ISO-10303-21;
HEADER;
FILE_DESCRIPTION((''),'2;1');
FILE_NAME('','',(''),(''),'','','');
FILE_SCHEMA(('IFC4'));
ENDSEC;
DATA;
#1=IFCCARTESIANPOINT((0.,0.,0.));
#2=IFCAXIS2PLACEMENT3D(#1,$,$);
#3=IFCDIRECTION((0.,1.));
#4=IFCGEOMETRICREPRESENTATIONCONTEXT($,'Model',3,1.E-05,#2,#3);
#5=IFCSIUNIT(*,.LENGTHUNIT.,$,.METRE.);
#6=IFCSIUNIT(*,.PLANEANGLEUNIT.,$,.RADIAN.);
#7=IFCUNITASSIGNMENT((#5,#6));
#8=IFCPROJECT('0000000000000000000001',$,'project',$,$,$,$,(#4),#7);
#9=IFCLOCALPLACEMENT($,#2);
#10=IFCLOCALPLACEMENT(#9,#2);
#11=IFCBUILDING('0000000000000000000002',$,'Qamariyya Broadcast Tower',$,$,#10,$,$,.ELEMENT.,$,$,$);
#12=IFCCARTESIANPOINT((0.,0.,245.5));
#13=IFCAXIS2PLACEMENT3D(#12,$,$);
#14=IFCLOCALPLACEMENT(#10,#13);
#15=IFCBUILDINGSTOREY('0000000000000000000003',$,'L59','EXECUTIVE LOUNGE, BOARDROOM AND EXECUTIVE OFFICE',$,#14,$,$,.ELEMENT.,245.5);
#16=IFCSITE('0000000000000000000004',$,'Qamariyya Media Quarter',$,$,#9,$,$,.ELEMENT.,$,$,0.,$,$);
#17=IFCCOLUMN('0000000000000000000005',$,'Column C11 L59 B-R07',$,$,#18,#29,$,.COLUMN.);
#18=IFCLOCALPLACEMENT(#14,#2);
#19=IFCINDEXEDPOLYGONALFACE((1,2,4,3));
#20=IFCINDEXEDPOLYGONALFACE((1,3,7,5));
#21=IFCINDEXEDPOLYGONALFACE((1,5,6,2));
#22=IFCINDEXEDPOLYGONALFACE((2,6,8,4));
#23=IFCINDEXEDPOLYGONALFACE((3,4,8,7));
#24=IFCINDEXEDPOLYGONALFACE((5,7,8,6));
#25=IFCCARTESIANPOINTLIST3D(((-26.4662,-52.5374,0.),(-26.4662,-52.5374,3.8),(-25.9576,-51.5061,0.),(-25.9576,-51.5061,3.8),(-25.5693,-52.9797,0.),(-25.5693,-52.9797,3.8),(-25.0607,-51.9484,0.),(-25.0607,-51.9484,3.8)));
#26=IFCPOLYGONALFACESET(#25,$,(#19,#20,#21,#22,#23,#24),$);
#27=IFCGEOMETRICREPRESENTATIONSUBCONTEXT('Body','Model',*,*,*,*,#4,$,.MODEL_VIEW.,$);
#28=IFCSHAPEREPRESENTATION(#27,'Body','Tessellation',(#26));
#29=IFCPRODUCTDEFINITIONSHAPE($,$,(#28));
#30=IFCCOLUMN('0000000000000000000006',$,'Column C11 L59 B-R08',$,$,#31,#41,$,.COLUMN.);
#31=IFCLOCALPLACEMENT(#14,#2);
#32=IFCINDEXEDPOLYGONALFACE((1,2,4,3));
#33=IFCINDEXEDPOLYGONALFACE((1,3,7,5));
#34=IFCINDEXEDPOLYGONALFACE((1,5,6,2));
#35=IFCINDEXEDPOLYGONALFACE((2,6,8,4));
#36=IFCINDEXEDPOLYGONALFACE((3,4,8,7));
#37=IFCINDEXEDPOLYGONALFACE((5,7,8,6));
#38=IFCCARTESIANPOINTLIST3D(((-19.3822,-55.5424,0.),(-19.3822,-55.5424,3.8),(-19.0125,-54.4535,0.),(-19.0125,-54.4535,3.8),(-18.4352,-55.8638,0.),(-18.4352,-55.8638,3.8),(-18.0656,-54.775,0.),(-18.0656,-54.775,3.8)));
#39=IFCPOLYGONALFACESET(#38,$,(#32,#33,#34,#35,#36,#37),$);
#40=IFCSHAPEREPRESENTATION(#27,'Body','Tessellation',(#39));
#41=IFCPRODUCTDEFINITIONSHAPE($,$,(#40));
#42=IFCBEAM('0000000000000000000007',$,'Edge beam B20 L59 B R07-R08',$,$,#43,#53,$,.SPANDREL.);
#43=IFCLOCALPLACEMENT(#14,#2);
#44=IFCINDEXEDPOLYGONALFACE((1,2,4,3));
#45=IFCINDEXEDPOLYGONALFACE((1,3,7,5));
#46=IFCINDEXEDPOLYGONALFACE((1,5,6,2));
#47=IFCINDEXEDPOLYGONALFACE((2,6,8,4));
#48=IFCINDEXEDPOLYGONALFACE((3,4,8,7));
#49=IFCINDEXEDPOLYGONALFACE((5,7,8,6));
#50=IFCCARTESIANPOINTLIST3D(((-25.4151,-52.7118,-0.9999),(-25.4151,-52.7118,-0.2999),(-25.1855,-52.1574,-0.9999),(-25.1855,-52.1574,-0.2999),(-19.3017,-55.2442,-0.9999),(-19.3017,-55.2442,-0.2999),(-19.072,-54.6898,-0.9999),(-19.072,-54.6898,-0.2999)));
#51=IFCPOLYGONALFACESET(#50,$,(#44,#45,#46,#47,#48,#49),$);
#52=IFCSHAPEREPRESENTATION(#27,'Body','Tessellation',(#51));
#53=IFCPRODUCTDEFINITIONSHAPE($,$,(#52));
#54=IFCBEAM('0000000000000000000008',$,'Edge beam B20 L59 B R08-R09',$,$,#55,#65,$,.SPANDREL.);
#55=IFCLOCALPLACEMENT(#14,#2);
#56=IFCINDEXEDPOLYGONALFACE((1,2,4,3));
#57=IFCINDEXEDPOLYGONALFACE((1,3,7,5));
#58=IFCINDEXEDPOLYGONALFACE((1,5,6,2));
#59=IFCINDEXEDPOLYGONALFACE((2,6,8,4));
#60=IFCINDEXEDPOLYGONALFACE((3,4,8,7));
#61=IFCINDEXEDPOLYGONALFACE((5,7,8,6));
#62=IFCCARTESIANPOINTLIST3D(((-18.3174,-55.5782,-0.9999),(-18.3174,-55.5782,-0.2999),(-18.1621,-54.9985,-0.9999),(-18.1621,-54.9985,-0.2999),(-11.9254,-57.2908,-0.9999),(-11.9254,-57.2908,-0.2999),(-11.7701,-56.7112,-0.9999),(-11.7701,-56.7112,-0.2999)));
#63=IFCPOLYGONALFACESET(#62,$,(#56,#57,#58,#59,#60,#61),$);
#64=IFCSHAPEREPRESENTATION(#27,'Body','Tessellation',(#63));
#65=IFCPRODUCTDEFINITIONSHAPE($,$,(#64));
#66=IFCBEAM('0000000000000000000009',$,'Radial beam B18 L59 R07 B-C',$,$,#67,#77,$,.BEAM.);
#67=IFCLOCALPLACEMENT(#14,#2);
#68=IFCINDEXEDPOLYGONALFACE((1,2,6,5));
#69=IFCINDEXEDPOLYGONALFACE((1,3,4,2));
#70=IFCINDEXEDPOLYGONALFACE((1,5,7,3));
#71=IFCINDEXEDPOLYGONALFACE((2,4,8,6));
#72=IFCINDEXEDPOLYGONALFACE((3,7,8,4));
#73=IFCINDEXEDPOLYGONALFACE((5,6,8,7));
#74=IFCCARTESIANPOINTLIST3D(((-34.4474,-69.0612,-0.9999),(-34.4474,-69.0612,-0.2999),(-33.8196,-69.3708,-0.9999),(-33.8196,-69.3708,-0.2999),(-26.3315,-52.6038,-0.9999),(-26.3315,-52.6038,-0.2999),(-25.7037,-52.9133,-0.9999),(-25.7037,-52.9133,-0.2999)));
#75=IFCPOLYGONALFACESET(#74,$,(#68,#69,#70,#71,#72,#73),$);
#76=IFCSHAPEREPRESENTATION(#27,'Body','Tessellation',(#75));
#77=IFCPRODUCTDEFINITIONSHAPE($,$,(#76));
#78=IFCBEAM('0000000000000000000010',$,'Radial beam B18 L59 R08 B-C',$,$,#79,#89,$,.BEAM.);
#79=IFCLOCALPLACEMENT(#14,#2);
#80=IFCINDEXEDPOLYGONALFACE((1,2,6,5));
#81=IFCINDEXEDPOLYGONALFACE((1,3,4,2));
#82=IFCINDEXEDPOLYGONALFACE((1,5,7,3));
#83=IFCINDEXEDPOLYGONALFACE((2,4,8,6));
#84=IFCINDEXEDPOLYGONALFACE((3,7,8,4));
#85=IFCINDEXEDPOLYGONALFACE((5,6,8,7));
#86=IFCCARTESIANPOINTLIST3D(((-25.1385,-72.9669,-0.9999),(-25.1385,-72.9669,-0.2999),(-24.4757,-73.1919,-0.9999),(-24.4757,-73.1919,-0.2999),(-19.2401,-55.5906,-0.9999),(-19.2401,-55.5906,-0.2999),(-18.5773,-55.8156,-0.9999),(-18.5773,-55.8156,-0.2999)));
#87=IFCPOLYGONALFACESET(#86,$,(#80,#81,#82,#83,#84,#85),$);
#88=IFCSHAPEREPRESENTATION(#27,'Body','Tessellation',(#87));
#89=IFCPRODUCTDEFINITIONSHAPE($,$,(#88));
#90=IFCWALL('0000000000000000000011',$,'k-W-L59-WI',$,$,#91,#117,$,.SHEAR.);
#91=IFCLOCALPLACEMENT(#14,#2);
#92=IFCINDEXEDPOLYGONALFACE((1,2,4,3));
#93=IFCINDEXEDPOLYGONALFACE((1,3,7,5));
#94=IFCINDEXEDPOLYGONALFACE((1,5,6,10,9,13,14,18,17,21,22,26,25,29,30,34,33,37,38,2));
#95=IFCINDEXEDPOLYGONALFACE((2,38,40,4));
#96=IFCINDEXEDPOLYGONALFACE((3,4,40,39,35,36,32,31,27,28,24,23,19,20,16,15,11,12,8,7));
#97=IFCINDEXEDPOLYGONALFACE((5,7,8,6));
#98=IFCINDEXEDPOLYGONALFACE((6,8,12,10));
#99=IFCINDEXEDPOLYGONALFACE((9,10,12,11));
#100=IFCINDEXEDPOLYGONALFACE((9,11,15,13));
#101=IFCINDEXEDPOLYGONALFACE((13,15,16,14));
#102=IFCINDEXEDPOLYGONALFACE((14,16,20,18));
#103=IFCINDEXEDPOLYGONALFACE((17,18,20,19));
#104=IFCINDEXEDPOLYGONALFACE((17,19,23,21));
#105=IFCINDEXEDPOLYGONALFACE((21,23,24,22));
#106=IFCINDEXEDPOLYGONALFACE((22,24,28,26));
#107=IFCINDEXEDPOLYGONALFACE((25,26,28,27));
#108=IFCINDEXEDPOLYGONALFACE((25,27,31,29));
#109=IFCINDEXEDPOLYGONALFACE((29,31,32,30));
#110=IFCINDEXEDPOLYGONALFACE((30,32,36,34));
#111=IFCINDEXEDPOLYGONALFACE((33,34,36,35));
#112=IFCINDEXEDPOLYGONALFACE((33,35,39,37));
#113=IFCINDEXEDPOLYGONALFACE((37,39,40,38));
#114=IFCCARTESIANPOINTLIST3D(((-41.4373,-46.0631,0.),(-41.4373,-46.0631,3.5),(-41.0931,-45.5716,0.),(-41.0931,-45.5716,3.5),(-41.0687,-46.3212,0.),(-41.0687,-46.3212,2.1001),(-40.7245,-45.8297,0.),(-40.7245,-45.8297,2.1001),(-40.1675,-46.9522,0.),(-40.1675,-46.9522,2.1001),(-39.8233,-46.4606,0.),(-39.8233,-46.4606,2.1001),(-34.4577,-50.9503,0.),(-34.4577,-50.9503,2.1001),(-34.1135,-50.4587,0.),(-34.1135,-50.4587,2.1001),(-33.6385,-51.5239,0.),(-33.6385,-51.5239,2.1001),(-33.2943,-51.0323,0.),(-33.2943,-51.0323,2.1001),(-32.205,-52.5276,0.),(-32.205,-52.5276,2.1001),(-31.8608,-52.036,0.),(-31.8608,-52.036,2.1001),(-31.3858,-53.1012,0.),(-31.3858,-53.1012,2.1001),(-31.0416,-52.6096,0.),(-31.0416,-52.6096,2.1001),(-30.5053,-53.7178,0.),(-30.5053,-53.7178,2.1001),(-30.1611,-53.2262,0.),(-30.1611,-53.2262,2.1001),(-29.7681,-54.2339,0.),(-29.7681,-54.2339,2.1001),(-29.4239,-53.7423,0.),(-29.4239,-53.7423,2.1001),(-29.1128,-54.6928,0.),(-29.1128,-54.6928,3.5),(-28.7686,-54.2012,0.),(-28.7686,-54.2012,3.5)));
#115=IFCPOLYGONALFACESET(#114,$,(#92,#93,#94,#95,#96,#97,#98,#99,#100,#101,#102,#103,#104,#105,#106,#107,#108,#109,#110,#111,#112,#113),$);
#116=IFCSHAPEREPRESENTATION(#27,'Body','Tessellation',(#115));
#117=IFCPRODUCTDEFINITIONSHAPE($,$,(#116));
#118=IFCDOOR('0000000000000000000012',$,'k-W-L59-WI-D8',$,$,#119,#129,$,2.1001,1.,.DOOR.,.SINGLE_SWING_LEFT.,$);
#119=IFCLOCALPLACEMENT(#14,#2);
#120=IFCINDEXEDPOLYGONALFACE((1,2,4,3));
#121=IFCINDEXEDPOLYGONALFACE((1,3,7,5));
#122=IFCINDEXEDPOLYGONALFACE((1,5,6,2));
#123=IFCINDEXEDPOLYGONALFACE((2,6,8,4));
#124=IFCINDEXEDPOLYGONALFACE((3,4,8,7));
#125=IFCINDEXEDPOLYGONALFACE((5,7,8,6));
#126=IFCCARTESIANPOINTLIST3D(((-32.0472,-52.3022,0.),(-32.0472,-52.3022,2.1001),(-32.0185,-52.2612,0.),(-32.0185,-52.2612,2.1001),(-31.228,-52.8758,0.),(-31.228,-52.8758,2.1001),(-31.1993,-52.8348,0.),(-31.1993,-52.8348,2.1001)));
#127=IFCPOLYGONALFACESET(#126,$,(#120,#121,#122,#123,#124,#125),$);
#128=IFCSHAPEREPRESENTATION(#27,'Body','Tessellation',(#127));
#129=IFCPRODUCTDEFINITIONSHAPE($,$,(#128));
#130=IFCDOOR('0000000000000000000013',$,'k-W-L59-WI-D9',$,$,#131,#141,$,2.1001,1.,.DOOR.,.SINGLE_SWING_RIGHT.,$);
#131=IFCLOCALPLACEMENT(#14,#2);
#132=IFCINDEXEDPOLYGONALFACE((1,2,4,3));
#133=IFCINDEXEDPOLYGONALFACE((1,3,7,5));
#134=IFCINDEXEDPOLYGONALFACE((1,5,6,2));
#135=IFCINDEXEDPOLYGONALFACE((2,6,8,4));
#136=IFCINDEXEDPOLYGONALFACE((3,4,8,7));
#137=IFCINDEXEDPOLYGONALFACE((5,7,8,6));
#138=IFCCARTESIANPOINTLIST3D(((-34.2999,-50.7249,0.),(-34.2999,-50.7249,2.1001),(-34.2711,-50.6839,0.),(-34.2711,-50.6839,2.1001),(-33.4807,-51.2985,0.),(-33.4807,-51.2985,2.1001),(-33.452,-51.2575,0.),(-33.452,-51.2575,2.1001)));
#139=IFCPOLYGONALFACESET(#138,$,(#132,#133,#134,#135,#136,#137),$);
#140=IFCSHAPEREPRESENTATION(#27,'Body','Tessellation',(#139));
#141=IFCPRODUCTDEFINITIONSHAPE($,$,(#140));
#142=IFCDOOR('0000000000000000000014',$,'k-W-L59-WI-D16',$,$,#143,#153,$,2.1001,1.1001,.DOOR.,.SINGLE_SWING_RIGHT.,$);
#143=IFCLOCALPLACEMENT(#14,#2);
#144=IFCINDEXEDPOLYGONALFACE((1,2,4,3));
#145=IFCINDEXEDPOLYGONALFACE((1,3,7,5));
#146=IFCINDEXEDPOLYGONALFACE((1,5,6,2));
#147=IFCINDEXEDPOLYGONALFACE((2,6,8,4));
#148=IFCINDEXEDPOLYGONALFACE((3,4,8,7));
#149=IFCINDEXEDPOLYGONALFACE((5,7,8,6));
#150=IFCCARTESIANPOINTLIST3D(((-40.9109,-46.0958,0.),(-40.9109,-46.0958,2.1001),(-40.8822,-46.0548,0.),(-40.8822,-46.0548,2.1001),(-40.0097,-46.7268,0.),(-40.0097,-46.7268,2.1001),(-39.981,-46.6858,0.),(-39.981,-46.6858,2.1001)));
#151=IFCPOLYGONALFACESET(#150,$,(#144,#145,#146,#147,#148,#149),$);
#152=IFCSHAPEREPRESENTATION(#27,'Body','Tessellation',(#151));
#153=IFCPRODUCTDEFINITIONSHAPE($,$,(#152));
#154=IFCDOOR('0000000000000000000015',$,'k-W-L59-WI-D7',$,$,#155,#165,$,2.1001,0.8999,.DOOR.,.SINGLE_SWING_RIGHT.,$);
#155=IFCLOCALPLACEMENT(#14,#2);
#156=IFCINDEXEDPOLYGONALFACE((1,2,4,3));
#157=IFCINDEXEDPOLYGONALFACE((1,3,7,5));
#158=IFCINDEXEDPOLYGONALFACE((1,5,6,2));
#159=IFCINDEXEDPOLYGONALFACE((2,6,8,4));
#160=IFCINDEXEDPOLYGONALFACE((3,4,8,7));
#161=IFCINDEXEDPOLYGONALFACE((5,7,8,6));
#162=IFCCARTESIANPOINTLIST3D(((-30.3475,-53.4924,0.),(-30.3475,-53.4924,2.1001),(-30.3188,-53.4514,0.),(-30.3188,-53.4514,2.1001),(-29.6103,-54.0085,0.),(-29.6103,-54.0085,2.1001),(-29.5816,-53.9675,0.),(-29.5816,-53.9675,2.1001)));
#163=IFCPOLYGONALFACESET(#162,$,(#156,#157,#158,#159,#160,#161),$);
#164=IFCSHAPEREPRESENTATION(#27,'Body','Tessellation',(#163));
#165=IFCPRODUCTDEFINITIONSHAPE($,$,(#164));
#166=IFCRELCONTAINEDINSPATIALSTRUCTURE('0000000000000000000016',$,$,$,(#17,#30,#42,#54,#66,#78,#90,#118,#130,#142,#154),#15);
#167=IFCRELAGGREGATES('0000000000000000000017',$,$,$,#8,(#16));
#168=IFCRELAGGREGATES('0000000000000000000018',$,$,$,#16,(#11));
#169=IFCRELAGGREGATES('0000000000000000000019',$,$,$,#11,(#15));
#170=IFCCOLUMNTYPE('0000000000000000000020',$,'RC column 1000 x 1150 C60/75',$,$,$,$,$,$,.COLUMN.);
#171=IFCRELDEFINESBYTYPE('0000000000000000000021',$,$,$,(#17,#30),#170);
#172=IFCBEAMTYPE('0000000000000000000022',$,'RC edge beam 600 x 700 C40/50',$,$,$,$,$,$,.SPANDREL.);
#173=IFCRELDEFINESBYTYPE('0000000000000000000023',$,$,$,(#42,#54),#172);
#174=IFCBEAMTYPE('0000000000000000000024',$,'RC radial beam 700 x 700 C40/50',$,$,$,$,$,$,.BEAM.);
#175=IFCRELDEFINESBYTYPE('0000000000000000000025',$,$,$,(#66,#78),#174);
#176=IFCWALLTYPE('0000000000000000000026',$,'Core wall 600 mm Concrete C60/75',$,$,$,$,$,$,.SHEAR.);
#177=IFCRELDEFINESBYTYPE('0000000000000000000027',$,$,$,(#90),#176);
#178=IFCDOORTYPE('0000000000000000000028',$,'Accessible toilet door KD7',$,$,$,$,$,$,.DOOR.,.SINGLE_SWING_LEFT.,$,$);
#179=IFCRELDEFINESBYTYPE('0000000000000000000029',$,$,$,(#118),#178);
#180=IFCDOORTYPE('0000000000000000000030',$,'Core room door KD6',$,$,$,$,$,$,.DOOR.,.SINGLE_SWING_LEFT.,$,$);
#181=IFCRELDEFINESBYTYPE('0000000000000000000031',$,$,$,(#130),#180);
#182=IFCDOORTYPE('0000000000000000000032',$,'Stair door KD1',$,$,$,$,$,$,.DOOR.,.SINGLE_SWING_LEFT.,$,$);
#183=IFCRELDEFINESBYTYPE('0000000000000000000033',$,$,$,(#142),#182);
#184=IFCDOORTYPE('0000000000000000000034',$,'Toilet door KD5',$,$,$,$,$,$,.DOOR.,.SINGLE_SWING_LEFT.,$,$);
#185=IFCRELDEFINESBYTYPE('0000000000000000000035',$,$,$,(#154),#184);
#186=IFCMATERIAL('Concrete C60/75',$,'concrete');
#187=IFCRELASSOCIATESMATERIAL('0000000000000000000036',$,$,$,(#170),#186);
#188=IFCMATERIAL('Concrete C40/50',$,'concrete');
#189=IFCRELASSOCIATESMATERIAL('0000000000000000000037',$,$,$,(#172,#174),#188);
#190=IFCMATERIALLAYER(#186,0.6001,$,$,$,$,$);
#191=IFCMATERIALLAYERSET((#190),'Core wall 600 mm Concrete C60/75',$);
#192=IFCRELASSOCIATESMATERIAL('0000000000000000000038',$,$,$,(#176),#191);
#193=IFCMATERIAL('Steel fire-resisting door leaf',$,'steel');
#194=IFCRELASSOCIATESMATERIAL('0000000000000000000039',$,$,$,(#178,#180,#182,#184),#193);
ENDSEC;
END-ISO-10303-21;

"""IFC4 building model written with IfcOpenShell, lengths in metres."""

from ifc_helpers import new_model, si_unit, direction, frame, frame_2d, origin, origin_2d, place, context, subcontext, project, spatial, rectangle, extrude, material, layer, layer_set, material_profile, profile_set, type_object, element, fill, save


model = new_model("IFC4")

# Units and contexts
model_context = context("Model", 3, precision=1e-05, world=origin(), true_north=direction((0.0, 1.0)))
body_context = subcontext(model_context, "Body", "Model", "MODEL_VIEW")
ifc_project = project(units=[si_unit("LENGTHUNIT", "METRE"), si_unit("PLANEANGLEUNIT", "RADIAN")], contexts=[model_context])

# Site, building, storey
site_placement = place(None, origin())
site = spatial("IfcSite", under=ifc_project, at=site_placement, Name="Qamariyya Media Quarter", CompositionType="ELEMENT", RefElevation=0.0)
building_placement = place(site_placement, origin())
building = spatial("IfcBuilding", under=site, at=building_placement, Name="Qamariyya Broadcast Tower", CompositionType="ELEMENT")
storey_placement = place(building_placement, frame((0.0, 0.0, 245.5)))
storey = spatial("IfcBuildingStorey", under=building, at=storey_placement, Name="L59", Description="EXECUTIVE LOUNGE, BOARDROOM AND EXECUTIVE OFFICE", CompositionType="ELEMENT", Elevation=245.5)

# Columns
ifc_material_1 = material(Name="Concrete C60/75", Category="concrete")
ifc_material_profile_1 = material_profile(ifc_material_1, rectangle(XDim=1.0, YDim=1.1499, at=origin_2d()))
ifc_profile_set_1 = profile_set([ifc_material_profile_1], Name="Concrete C60/75")
column_type = type_object("IfcColumnType", Name="RC column 1000 x 1150 C60/75", PredefinedType="COLUMN", material=ifc_profile_set_1)
for number, where, z_axis, x_axis, name in (
    (1, (-25.7634, -52.2429, 0.0), (0.0, 0.0, 1.0), (0.896873, -0.442289, 0.0), "Column C11 L59 B-R07"),
    (2, (-18.7239, -55.1587, 0.0), (0.0, 0.0, 1.0), (0.94693, -0.321439, 0.0), "Column C11 L59 B-R08"),
):
    element("IfcColumn", number, at=place(storey_placement, frame(where, z_axis=z_axis, x_axis=x_axis)), inside=storey, type_object=column_type, Name=name, PredefinedType="COLUMN", context=body_context, shape_type="SweptSolid", body=[
        extrude(rectangle(XDim=1.0, YDim=1.1499, at=origin_2d()), origin(), (0.0, 0.0, 1.0), 3.8),
    ])

# Beams
ifc_material_2 = material(Name="Concrete C40/50", Category="concrete")
ifc_material_profile_2 = material_profile(ifc_material_2, rectangle(XDim=0.6001, YDim=0.7, at=origin_2d()))
ifc_profile_set_2 = profile_set([ifc_material_profile_2], Name="Concrete C40/50")
beam_type_1 = type_object("IfcBeamType", Name="RC edge beam 600 x 700 C40/50", PredefinedType="SPANDREL", material=ifc_profile_set_2)
beam_1_placement = place(storey_placement, frame((-25.3003, -52.4346, -0.6499), z_axis=(0.923871, -0.382705, 0.0), x_axis=(0.382705, 0.923871, 0.0)))
element("IfcBeam", 3, at=beam_1_placement, inside=storey, type_object=beam_type_1, Name="Edge beam B20 L59 B R07-R08", PredefinedType="SPANDREL", context=body_context, shape_type="SweptSolid", body=[
    extrude(rectangle(XDim=0.6001, YDim=0.7, at=origin_2d()), origin(), (0.0, 0.0, 1.0), 6.6172),
])
beam_2_placement = place(storey_placement, frame((-18.2397, -55.2883, -0.6499), z_axis=(0.965927, -0.258813, 0.0), x_axis=(0.258813, 0.965927, 0.0)))
element("IfcBeam", 4, at=beam_2_placement, inside=storey, type_object=beam_type_1, Name="Edge beam B20 L59 B R08-R09", PredefinedType="SPANDREL", context=body_context, shape_type="SweptSolid", body=[
    extrude(rectangle(XDim=0.6001, YDim=0.7, at=origin_2d()), origin(), (0.0, 0.0, 1.0), 6.6174),
])
ifc_material_profile_3 = material_profile(ifc_material_2, rectangle(XDim=0.7, YDim=0.7, at=origin_2d()))
ifc_profile_set_3 = profile_set([ifc_material_profile_3], Name="Concrete C40/50")
beam_type_2 = type_object("IfcBeamType", Name="RC radial beam 700 x 700 C40/50", PredefinedType="BEAM", material=ifc_profile_set_3)
beam_3_placement = place(storey_placement, frame((-26.0176, -52.7585, -0.6499), z_axis=(-0.442289, -0.896872, 0.0), x_axis=(0.896872, -0.442289, 0.0)))
element("IfcBeam", 5, at=beam_3_placement, inside=storey, type_object=beam_type_2, Name="Radial beam B18 L59 R07 B-C", PredefinedType="BEAM", context=body_context, shape_type="SweptSolid", body=[
    extrude(rectangle(XDim=0.7, YDim=0.7, at=origin_2d()), origin(), (0.0, 0.0, 1.0), 18.3499),
])
beam_4_placement = place(storey_placement, frame((-18.9087, -55.7031, -0.6499), z_axis=(-0.32144, -0.94693, 0.0), x_axis=(0.94693, -0.32144, 0.0)))
element("IfcBeam", 6, at=beam_4_placement, inside=storey, type_object=beam_type_2, Name="Radial beam B18 L59 R08 B-C", PredefinedType="BEAM", context=body_context, shape_type="SweptSolid", body=[
    extrude(rectangle(XDim=0.7, YDim=0.7, at=origin_2d()), origin(), (0.0, 0.0, 1.0), 18.3501),
])

# Wall, openings, doors
ifc_layer_1 = layer(ifc_material_1, 0.6001)
ifc_layer_set_1 = layer_set([ifc_layer_1], Name="Core wall 600 mm Concrete C60/75")
wall_type_1 = type_object("IfcWallType", Name="Core wall 600 mm Concrete C60/75", PredefinedType="SHEAR", material=ifc_layer_set_1)
wall_1_placement = place(storey_placement, frame((-28.9407, -54.447, 0.0), z_axis=(0.0, 0.0, 1.0), x_axis=(-0.819153, 0.573575, 0.0)))
wall_1 = element("IfcWall", 7, at=wall_1_placement, inside=storey, type_object=wall_type_1, Name="k-W-L59-WI", PredefinedType="SHEAR", context=body_context, shape_type="SweptSolid", body=[
    extrude(rectangle(XDim=15.0454, YDim=0.6001, at=frame_2d((7.5227, 0.0))), origin(), (0.0, 0.0, 1.0), 3.5),
])
opening_1_placement = place(wall_1_placement, frame((0.8, 0.0, 0.0)))
opening_1 = element("IfcOpeningElement", 8, at=opening_1_placement, cuts=wall_1, PredefinedType="OPENING", context=body_context, shape_type="SweptSolid", body=[
    extrude(rectangle(XDim=0.8999, YDim=2.1001, at=frame_2d((0.45, 1.05))), frame((0.0, 0.3101, 0.0), z_axis=(0.0, -1.0, 0.0), x_axis=(1.0, 0.0, 0.0)), (0.0, 0.0, 1.0), 0.6201),
])
opening_2_placement = place(wall_1_placement, frame((2.7749, 0.0, 0.0)))
opening_2 = element("IfcOpeningElement", 9, at=opening_2_placement, cuts=wall_1, PredefinedType="OPENING", context=body_context, shape_type="SweptSolid", body=[
    extrude(rectangle(XDim=1.0, YDim=2.1001, at=frame_2d((0.5, 1.05))), frame((0.0, 0.3101, 0.0), z_axis=(0.0, -1.0, 0.0), x_axis=(1.0, 0.0, 0.0)), (0.0, 0.0, 1.0), 0.6201),
])
opening_3_placement = place(wall_1_placement, frame((5.5249, 0.0, 0.0)))
opening_3 = element("IfcOpeningElement", 10, at=opening_3_placement, cuts=wall_1, PredefinedType="OPENING", context=body_context, shape_type="SweptSolid", body=[
    extrude(rectangle(XDim=1.0, YDim=2.1001, at=frame_2d((0.5, 1.05))), frame((0.0, 0.3101, 0.0), z_axis=(0.0, -1.0, 0.0), x_axis=(1.0, 0.0, 0.0)), (0.0, 0.0, 1.0), 0.6201),
])
opening_4_placement = place(wall_1_placement, frame((13.4954, 0.0, 0.0)))
opening_4 = element("IfcOpeningElement", 11, at=opening_4_placement, cuts=wall_1, PredefinedType="OPENING", context=body_context, shape_type="SweptSolid", body=[
    extrude(rectangle(XDim=1.1001, YDim=2.1001, at=frame_2d((0.55, 1.05))), frame((0.0, 0.3101, 0.0), z_axis=(0.0, -1.0, 0.0), x_axis=(1.0, 0.0, 0.0)), (0.0, 0.0, 1.0), 0.6201),
])
ifc_material_3 = material(Name="Steel fire-resisting door leaf", Category="steel")
door_type_1 = type_object("IfcDoorType", Name="Accessible toilet door KD7", OperationType="SINGLE_SWING_LEFT", PredefinedType="DOOR", material=ifc_material_3)
door_1_placement = place(opening_2_placement, origin())
door_1 = element("IfcDoor", 12, at=door_1_placement, inside=storey, type_object=door_type_1, Name="k-W-L59-WI-D8", OperationType="SINGLE_SWING_LEFT", OverallHeight=2.1001, OverallWidth=1.0, PredefinedType="DOOR", context=body_context, shape_type="SweptSolid", body=[
    extrude(rectangle(XDim=1.0, YDim=2.1001, at=frame_2d((0.5, 1.05))), frame((0.0, 0.0249, 0.0), z_axis=(0.0, -1.0, 0.0), x_axis=(1.0, 0.0, 0.0)), (0.0, 0.0, 1.0), 0.05),
])
fill(opening_2, door_1)
door_type_2 = type_object("IfcDoorType", Name="Core room door KD6", OperationType="SINGLE_SWING_LEFT", PredefinedType="DOOR", material=ifc_material_3)
door_2_placement = place(opening_3_placement, origin())
door_2 = element("IfcDoor", 13, at=door_2_placement, inside=storey, type_object=door_type_2, Name="k-W-L59-WI-D9", OperationType="SINGLE_SWING_RIGHT", OverallHeight=2.1001, OverallWidth=1.0, PredefinedType="DOOR", context=body_context, shape_type="SweptSolid", body=[
    extrude(rectangle(XDim=1.0, YDim=2.1001, at=frame_2d((0.5, 1.05))), frame((0.0, 0.0249, 0.0), z_axis=(0.0, -1.0, 0.0), x_axis=(1.0, 0.0, 0.0)), (0.0, 0.0, 1.0), 0.05),
])
fill(opening_3, door_2)
door_type_3 = type_object("IfcDoorType", Name="Stair door KD1", OperationType="SINGLE_SWING_LEFT", PredefinedType="DOOR", material=ifc_material_3)
door_3_placement = place(opening_4_placement, origin())
door_3 = element("IfcDoor", 14, at=door_3_placement, inside=storey, type_object=door_type_3, Name="k-W-L59-WI-D16", OperationType="SINGLE_SWING_RIGHT", OverallHeight=2.1001, OverallWidth=1.1001, PredefinedType="DOOR", context=body_context, shape_type="SweptSolid", body=[
    extrude(rectangle(XDim=1.1001, YDim=2.1001, at=frame_2d((0.55, 1.05))), frame((0.0, 0.0249, 0.0), z_axis=(0.0, -1.0, 0.0), x_axis=(1.0, 0.0, 0.0)), (0.0, 0.0, 1.0), 0.05),
])
fill(opening_4, door_3)
door_type_4 = type_object("IfcDoorType", Name="Toilet door KD5", OperationType="SINGLE_SWING_LEFT", PredefinedType="DOOR", material=ifc_material_3)
door_4_placement = place(opening_1_placement, origin())
door_4 = element("IfcDoor", 15, at=door_4_placement, inside=storey, type_object=door_type_4, Name="k-W-L59-WI-D7", OperationType="SINGLE_SWING_RIGHT", OverallHeight=2.1001, OverallWidth=0.8999, PredefinedType="DOOR", context=body_context, shape_type="SweptSolid", body=[
    extrude(rectangle(XDim=0.8999, YDim=2.1001, at=frame_2d((0.45, 1.05))), frame((0.0, 0.0249, 0.0), z_axis=(0.0, -1.0, 0.0), x_axis=(1.0, 0.0, 0.0)), (0.0, 0.0, 1.0), 0.05),
])
fill(opening_1, door_4)

save(model, "model.ifc")
